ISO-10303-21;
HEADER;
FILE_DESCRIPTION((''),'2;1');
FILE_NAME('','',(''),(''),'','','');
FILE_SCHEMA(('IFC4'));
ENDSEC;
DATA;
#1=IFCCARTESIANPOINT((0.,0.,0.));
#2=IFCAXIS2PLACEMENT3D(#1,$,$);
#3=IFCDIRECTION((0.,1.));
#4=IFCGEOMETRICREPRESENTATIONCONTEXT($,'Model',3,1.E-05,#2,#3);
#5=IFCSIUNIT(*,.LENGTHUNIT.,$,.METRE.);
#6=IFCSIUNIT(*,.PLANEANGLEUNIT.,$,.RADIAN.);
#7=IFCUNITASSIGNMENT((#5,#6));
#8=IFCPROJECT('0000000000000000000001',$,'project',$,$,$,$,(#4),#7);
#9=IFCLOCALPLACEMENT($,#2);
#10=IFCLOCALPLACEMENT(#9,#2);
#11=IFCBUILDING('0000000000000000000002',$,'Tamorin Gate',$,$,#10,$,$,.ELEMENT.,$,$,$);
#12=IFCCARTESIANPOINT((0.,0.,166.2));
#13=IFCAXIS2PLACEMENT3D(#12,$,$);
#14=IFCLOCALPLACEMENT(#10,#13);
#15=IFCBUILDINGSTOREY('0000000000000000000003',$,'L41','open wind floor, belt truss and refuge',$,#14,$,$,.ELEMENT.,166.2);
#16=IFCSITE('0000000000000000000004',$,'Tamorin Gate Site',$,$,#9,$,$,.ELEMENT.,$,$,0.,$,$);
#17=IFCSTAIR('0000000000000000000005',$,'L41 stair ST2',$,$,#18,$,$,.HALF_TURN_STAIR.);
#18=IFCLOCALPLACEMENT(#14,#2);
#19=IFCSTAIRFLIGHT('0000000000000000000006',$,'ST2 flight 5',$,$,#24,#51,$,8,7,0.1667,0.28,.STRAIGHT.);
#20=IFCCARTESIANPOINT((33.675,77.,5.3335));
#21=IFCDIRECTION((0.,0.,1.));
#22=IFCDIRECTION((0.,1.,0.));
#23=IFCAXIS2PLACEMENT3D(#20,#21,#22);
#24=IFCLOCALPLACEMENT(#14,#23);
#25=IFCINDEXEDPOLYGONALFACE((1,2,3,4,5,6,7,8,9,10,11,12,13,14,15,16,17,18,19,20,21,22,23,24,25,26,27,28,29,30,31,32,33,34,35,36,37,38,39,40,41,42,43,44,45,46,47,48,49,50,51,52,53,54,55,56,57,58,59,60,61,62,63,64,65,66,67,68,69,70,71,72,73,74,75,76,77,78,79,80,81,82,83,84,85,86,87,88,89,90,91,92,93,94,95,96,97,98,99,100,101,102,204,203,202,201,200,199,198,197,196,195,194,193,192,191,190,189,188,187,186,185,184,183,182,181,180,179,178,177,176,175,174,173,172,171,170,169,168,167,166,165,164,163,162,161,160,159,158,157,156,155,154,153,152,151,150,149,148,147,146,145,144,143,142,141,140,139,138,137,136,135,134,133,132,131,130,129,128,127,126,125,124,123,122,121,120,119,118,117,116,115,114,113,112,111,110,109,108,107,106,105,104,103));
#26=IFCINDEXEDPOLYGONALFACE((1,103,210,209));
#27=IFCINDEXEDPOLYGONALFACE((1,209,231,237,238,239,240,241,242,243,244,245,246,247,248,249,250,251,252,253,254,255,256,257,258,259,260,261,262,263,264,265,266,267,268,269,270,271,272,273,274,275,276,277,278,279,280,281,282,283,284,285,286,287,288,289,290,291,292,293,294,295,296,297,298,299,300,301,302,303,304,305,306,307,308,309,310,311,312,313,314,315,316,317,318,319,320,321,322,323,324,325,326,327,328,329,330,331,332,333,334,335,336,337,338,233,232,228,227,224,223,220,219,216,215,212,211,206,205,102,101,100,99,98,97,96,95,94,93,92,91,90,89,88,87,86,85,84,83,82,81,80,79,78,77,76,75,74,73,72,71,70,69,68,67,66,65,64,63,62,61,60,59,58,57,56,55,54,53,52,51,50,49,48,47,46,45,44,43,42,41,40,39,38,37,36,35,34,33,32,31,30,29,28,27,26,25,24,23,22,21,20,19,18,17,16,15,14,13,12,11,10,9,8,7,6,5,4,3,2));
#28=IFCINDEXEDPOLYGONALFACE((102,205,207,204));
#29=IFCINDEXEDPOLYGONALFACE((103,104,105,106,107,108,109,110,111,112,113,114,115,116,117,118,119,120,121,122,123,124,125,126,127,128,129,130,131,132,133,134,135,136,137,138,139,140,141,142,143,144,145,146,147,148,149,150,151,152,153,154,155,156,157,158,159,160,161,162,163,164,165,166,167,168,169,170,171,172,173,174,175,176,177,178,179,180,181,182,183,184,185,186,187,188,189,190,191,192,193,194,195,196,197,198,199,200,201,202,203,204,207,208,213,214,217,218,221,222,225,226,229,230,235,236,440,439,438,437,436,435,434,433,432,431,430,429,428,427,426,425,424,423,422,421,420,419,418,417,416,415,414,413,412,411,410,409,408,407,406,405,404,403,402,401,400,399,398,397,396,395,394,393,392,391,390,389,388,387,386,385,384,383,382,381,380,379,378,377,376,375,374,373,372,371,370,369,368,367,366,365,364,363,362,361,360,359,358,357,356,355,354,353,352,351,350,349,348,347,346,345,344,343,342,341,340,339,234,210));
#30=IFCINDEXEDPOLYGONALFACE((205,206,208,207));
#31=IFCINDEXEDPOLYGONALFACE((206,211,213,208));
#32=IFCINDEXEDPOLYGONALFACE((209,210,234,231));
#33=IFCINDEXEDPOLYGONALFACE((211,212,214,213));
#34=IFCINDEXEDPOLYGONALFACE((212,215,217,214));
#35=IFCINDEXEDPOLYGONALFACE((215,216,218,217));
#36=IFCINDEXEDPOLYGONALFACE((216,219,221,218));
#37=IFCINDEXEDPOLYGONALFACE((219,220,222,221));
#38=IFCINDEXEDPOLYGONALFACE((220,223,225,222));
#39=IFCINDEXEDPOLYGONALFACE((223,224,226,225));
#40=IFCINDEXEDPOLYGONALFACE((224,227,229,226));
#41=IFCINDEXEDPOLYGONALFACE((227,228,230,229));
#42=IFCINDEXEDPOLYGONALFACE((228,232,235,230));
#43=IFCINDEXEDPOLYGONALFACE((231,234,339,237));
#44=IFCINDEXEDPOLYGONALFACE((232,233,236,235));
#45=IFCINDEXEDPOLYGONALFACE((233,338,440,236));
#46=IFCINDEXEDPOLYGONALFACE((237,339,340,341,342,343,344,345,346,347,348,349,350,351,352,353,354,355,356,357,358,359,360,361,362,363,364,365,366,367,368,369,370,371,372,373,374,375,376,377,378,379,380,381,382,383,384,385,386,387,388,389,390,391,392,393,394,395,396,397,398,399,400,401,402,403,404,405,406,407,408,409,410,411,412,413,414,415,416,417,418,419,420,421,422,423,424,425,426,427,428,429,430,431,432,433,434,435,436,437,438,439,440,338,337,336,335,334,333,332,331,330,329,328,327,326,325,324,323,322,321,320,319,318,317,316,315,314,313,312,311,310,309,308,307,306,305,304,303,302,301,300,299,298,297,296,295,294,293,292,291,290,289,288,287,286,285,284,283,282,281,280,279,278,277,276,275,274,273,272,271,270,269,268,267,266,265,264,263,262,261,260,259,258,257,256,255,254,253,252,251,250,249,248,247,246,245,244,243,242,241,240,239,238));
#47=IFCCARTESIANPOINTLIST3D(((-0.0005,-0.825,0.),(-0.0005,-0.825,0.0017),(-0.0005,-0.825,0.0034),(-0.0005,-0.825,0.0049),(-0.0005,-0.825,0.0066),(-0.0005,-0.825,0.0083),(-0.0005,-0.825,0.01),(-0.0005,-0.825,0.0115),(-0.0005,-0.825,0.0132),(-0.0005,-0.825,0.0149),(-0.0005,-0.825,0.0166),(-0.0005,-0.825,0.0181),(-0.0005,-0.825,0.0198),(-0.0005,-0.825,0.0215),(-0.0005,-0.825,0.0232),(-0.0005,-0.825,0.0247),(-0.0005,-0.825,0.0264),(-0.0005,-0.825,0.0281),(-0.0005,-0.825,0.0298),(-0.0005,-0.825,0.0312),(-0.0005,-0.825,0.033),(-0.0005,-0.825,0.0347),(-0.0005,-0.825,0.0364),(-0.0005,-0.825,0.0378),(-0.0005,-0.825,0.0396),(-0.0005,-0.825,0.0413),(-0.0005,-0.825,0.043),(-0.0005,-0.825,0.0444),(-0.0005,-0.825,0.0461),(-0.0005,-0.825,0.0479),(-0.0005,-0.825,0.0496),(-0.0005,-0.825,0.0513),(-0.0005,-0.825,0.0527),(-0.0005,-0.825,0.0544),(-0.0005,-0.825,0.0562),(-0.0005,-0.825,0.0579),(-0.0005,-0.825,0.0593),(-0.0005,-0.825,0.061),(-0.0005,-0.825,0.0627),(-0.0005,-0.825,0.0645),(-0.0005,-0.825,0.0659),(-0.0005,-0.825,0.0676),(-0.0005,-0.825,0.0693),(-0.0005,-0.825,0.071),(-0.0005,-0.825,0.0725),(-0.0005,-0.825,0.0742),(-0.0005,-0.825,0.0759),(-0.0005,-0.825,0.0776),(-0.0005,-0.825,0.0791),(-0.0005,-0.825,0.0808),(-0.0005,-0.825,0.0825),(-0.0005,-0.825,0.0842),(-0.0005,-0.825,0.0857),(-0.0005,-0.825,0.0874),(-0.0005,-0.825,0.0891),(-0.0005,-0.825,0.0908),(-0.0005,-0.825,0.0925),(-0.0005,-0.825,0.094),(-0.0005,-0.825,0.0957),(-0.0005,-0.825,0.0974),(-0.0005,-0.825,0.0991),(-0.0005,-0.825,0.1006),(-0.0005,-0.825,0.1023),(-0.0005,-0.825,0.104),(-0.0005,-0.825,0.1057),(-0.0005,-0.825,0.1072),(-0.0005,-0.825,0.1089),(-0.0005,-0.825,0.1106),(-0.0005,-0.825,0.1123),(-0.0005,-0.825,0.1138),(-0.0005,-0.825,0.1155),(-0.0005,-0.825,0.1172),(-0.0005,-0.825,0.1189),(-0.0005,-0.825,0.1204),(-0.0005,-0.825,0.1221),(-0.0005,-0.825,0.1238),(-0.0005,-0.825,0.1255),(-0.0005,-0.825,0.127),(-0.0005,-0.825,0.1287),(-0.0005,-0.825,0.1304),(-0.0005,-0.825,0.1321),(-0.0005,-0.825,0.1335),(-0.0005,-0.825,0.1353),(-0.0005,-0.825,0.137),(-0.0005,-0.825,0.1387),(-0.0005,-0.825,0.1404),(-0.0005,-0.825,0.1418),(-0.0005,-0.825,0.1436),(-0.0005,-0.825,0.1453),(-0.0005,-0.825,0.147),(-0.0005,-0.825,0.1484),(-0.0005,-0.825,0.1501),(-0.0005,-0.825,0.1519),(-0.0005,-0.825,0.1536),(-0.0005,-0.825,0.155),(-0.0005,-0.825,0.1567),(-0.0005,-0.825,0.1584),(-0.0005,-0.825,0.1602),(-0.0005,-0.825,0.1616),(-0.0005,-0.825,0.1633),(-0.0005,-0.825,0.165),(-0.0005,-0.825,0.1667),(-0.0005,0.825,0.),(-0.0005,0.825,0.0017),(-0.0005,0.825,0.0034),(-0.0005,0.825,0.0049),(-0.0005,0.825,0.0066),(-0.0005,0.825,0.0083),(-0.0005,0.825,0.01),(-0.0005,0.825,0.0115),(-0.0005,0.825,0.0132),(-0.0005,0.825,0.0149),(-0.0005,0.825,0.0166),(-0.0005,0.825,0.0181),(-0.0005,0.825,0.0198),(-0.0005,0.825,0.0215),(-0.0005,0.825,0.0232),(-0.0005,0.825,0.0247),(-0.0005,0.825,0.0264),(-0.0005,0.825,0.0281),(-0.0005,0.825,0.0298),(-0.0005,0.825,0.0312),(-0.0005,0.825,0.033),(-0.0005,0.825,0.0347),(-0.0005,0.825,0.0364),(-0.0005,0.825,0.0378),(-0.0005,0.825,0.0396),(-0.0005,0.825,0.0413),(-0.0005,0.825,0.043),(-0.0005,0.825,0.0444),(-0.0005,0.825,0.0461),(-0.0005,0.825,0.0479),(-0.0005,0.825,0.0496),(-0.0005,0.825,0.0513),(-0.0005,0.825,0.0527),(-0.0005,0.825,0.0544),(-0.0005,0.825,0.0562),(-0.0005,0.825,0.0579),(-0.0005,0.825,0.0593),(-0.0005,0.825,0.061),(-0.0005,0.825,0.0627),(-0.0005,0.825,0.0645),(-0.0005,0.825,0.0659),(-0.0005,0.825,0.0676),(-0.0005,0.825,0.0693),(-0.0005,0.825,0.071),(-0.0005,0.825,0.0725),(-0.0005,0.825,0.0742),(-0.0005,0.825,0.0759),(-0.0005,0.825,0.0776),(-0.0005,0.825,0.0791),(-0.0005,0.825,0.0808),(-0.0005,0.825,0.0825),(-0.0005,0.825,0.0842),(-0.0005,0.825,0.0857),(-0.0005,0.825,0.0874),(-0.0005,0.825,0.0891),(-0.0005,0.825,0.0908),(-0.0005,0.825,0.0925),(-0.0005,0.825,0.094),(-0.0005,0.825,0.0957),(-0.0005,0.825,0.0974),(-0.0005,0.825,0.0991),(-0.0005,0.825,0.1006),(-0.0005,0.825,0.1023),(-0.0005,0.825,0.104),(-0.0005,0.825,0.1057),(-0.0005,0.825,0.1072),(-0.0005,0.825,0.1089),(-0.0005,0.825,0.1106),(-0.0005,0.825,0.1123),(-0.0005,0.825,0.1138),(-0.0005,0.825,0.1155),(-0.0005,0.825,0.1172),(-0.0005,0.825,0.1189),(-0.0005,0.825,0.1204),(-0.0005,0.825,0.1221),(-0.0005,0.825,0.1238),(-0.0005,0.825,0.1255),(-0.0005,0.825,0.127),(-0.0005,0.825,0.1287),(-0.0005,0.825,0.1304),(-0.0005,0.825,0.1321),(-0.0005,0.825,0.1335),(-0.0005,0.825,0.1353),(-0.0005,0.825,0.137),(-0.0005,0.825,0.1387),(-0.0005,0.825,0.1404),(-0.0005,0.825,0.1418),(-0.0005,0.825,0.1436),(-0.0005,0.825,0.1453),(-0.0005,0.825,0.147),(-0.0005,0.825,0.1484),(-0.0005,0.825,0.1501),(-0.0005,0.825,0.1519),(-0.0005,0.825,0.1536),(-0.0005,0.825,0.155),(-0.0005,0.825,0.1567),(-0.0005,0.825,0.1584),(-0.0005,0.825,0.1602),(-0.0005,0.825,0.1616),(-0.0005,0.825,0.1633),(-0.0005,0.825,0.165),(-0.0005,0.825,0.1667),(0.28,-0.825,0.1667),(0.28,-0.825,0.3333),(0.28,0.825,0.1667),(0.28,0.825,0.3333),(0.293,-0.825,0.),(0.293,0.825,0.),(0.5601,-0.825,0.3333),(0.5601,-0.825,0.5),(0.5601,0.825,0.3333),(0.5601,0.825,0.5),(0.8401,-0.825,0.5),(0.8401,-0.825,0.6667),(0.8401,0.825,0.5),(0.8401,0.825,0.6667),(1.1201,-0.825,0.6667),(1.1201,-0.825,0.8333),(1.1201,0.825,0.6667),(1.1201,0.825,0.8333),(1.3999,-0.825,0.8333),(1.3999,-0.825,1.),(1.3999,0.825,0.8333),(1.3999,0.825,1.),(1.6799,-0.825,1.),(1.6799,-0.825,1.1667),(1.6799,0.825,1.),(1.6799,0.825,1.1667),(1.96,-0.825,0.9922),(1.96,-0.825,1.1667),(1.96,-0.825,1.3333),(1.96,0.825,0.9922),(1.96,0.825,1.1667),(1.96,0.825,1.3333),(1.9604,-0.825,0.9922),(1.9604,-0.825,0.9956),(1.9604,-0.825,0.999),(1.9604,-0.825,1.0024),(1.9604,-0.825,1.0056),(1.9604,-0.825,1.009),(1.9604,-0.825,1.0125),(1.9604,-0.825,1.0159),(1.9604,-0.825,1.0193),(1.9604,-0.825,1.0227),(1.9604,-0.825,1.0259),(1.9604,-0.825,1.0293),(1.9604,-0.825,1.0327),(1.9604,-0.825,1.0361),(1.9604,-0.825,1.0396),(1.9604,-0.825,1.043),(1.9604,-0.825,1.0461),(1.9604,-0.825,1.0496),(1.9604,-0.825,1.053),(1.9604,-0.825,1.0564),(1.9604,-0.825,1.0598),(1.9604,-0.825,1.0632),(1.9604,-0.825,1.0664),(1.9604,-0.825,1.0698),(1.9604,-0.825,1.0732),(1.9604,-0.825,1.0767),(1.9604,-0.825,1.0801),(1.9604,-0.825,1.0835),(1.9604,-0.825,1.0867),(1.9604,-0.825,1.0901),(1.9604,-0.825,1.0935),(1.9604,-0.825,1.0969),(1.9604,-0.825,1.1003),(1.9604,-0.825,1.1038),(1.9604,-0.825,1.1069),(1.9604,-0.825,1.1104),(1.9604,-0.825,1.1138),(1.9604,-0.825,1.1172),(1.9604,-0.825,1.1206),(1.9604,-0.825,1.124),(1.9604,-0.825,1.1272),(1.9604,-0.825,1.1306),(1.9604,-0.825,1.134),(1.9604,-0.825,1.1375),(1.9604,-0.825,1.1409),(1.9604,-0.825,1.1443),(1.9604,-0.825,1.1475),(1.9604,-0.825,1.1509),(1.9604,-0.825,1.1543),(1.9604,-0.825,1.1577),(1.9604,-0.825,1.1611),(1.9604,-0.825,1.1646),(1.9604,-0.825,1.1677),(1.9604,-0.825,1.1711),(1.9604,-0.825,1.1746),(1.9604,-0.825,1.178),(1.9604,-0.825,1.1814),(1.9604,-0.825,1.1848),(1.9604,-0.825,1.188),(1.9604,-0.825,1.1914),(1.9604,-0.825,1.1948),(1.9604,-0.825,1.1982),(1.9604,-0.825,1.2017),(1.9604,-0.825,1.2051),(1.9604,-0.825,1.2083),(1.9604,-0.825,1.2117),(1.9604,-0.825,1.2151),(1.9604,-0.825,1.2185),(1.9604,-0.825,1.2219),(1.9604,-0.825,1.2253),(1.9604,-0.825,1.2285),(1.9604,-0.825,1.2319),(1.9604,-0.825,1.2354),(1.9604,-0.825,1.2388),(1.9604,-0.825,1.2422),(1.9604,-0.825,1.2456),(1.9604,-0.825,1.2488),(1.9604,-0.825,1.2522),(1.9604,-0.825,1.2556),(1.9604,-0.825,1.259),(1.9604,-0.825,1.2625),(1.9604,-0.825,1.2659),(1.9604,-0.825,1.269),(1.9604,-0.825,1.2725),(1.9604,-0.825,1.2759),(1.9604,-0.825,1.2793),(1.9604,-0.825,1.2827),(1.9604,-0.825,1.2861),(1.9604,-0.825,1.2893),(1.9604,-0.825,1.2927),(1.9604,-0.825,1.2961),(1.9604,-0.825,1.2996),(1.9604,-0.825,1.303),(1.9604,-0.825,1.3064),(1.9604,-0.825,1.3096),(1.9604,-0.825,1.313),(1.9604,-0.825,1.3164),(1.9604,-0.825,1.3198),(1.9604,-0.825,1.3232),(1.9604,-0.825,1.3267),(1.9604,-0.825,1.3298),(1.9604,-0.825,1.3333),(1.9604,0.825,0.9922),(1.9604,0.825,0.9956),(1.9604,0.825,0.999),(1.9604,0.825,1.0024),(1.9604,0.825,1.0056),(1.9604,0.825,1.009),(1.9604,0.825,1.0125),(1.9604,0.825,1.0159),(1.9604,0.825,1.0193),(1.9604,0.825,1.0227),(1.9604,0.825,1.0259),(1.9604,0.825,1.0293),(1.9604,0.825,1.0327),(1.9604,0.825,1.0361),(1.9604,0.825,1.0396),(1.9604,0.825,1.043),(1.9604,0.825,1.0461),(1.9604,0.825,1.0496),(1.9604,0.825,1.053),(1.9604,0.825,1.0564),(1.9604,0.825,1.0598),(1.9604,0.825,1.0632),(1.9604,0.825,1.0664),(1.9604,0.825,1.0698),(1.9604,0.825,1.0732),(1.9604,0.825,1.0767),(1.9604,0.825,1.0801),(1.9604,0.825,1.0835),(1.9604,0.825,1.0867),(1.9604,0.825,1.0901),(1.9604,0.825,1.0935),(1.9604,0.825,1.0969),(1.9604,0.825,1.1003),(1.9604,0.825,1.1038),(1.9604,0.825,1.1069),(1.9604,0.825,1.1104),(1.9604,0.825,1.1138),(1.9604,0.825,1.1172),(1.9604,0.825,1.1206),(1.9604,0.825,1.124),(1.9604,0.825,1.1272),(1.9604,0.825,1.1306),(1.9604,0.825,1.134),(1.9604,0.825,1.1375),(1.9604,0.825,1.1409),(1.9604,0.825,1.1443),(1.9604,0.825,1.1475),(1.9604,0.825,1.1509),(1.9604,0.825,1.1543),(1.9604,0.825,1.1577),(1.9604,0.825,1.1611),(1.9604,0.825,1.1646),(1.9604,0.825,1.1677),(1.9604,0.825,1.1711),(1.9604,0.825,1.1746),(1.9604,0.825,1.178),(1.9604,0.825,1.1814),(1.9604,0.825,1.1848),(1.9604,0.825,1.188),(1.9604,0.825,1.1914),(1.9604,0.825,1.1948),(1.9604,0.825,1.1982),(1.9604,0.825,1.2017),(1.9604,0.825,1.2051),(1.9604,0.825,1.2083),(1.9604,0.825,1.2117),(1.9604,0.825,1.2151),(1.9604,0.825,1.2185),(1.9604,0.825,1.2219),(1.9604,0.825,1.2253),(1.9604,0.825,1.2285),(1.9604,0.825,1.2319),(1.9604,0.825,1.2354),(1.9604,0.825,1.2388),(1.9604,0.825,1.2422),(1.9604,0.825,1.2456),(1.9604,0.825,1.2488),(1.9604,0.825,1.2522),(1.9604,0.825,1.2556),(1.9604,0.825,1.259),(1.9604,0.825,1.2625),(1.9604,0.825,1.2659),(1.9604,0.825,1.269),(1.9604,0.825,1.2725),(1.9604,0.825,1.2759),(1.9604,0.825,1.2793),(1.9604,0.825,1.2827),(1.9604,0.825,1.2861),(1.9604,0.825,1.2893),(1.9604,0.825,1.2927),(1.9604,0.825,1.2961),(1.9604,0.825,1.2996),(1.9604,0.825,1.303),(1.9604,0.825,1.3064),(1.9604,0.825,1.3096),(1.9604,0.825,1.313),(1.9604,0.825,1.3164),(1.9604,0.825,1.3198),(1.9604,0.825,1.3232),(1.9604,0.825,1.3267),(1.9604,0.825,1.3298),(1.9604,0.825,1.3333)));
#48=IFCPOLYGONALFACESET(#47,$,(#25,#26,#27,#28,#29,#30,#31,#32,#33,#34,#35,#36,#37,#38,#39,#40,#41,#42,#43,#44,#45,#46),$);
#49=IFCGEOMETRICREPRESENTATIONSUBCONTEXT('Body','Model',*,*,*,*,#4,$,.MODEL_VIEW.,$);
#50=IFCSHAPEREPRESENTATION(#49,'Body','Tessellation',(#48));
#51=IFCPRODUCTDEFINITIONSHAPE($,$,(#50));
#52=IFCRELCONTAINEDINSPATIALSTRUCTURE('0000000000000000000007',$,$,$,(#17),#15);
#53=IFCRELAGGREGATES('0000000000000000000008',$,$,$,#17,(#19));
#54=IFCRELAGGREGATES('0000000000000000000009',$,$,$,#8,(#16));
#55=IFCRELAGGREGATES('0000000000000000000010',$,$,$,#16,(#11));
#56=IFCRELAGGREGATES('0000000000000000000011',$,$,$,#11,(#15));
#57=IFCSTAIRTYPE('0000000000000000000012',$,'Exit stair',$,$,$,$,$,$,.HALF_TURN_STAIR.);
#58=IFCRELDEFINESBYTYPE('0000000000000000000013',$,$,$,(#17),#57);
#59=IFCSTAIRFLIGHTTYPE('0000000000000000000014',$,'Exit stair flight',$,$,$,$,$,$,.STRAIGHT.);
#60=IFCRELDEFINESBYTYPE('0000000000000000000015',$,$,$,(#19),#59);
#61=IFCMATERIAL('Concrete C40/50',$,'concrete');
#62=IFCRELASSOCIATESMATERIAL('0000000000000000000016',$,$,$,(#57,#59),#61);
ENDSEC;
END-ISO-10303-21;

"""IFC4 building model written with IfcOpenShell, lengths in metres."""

from ifc_helpers import new_model, si_unit, direction, frame, origin, place, context, subcontext, project, spatial, polyline, outline, extrude, material, type_object, element, aggregate, save


model = new_model("IFC4")

# Units and contexts
model_context = context("Model", 3, precision=1e-05, world=origin(), true_north=direction((0.0, 1.0)))
body_context = subcontext(model_context, "Body", "Model", "MODEL_VIEW")
ifc_project = project(units=[si_unit("LENGTHUNIT", "METRE"), si_unit("PLANEANGLEUNIT", "RADIAN")], contexts=[model_context])

# Site, building, storey
site_placement = place(None, origin())
site = spatial("IfcSite", under=ifc_project, at=site_placement, Name="Tamorin Gate Site", CompositionType="ELEMENT", RefElevation=0.0)
building_placement = place(site_placement, origin())
building = spatial("IfcBuilding", under=site, at=building_placement, Name="Tamorin Gate", CompositionType="ELEMENT")
storey_placement = place(building_placement, frame((0.0, 0.0, 166.2)))
storey = spatial("IfcBuildingStorey", under=building, at=storey_placement, Name="L41", Description="open wind floor, belt truss and refuge", CompositionType="ELEMENT", Elevation=166.2)

# Shared definitions
ifc_material_1 = material(Name="Concrete C40/50", Category="concrete")

# Stair, stair flight
stair_type = type_object("IfcStairType", Name="Exit stair", PredefinedType="HALF_TURN_STAIR", material=ifc_material_1)
stair_flight_type = type_object("IfcStairFlightType", Name="Exit stair flight", PredefinedType="STRAIGHT", material=ifc_material_1)
stair_1_placement = place(storey_placement, origin())
stair_1 = element("IfcStair", 1, at=stair_1_placement, inside=storey, type_object=stair_type, Name="L41 stair ST2", PredefinedType="HALF_TURN_STAIR")
stair_flight_1_placement = place(storey_placement, frame((33.675, 77.0, 5.3335), z_axis=(0.0, 0.0, 1.0), x_axis=(0.0, 1.0, 0.0)))
stair_flight_1 = element("IfcStairFlight", 2, at=stair_flight_1_placement, type_object=stair_flight_type, Name="ST2 flight 5", NumberOfRisers=8, NumberOfTreads=7, PredefinedType="STRAIGHT", RiserHeight=0.1667, TreadLength=0.28, context=body_context, shape_type="SweptSolid", body=[
    extrude(outline(polyline([(-0.0005, 0.0), (-0.0005, 0.0017), (-0.0005, 0.0034), (-0.0005, 0.0049), (-0.0005, 0.0066), (-0.0005, 0.0083), (-0.0005, 0.01), (-0.0005, 0.0115), (-0.0005, 0.0132), (-0.0005, 0.0149), (-0.0005, 0.0166), (-0.0005, 0.0181), (-0.0005, 0.0198), (-0.0005, 0.0215), (-0.0005, 0.0232), (-0.0005, 0.0247), (-0.0005, 0.0264), (-0.0005, 0.0281), (-0.0005, 0.0298), (-0.0005, 0.0312), (-0.0005, 0.033), (-0.0005, 0.0347), (-0.0005, 0.0364), (-0.0005, 0.0378), (-0.0005, 0.0396), (-0.0005, 0.0413), (-0.0005, 0.043), (-0.0005, 0.0444), (-0.0005, 0.0461), (-0.0005, 0.0479), (-0.0005, 0.0496), (-0.0005, 0.0513), (-0.0005, 0.0527), (-0.0005, 0.0544), (-0.0005, 0.0562), (-0.0005, 0.0579), (-0.0005, 0.0593), (-0.0005, 0.061), (-0.0005, 0.0627), (-0.0005, 0.0645), (-0.0005, 0.0659), (-0.0005, 0.0676), (-0.0005, 0.0693), (-0.0005, 0.071), (-0.0005, 0.0725), (-0.0005, 0.0742), (-0.0005, 0.0759), (-0.0005, 0.0776), (-0.0005, 0.0791), (-0.0005, 0.0808), (-0.0005, 0.0825), (-0.0005, 0.0842), (-0.0005, 0.0857), (-0.0005, 0.0874), (-0.0005, 0.0891), (-0.0005, 0.0908), (-0.0005, 0.0925), (-0.0005, 0.094), (-0.0005, 0.0957), (-0.0005, 0.0974), (-0.0005, 0.0991), (-0.0005, 0.1006), (-0.0005, 0.1023), (-0.0005, 0.104), (-0.0005, 0.1057), (-0.0005, 0.1072), (-0.0005, 0.1089), (-0.0005, 0.1106), (-0.0005, 0.1123), (-0.0005, 0.1138), (-0.0005, 0.1155), (-0.0005, 0.1172), (-0.0005, 0.1189), (-0.0005, 0.1204), (-0.0005, 0.1221), (-0.0005, 0.1238), (-0.0005, 0.1255), (-0.0005, 0.127), (-0.0005, 0.1287), (-0.0005, 0.1304), (-0.0005, 0.1321), (-0.0005, 0.1335), (-0.0005, 0.1353), (-0.0005, 0.137), (-0.0005, 0.1387), (-0.0005, 0.1404), (-0.0005, 0.1418), (-0.0005, 0.1436), (-0.0005, 0.1453), (-0.0005, 0.147), (-0.0005, 0.1484), (-0.0005, 0.1501), (-0.0005, 0.1519), (-0.0005, 0.1536), (-0.0005, 0.155), (-0.0005, 0.1567), (-0.0005, 0.1584), (-0.0005, 0.1602), (-0.0005, 0.1616), (-0.0005, 0.1633), (-0.0005, 0.165), (-0.0005, 0.1667), (0.28, 0.1667), (0.28, 0.3333), (0.5601, 0.3333), (0.5601, 0.5), (0.8401, 0.5), (0.8401, 0.6667), (1.1201, 0.6667), (1.1201, 0.8333), (1.3999, 0.8333), (1.3999, 1.0), (1.6799, 1.0), (1.6799, 1.1667), (1.96, 1.1667), (1.96, 1.3333), (1.9604, 1.3333), (1.9604, 1.3298), (1.9604, 1.3267), (1.9604, 1.3232), (1.9604, 1.3198), (1.9604, 1.3164), (1.9604, 1.313), (1.9604, 1.3096), (1.9604, 1.3064), (1.9604, 1.303), (1.9604, 1.2996), (1.9604, 1.2961), (1.9604, 1.2927), (1.9604, 1.2893), (1.9604, 1.2861), (1.9604, 1.2827), (1.9604, 1.2793), (1.9604, 1.2759), (1.9604, 1.2725), (1.9604, 1.269), (1.9604, 1.2659), (1.9604, 1.2625), (1.9604, 1.259), (1.9604, 1.2556), (1.9604, 1.2522), (1.9604, 1.2488), (1.9604, 1.2456), (1.9604, 1.2422), (1.9604, 1.2388), (1.9604, 1.2354), (1.9604, 1.2319), (1.9604, 1.2285), (1.9604, 1.2253), (1.9604, 1.2219), (1.9604, 1.2185), (1.9604, 1.2151), (1.9604, 1.2117), (1.9604, 1.2083), (1.9604, 1.2051), (1.9604, 1.2017), (1.9604, 1.1982), (1.9604, 1.1948), (1.9604, 1.1914), (1.9604, 1.188), (1.9604, 1.1848), (1.9604, 1.1814), (1.9604, 1.178), (1.9604, 1.1746), (1.9604, 1.1711), (1.9604, 1.1677), (1.9604, 1.1646), (1.9604, 1.1611), (1.9604, 1.1577), (1.9604, 1.1543), (1.9604, 1.1509), (1.9604, 1.1475), (1.9604, 1.1443), (1.9604, 1.1409), (1.9604, 1.1375), (1.9604, 1.134), (1.9604, 1.1306), (1.9604, 1.1272), (1.9604, 1.124), (1.9604, 1.1206), (1.9604, 1.1172), (1.9604, 1.1138), (1.9604, 1.1104), (1.9604, 1.1069), (1.9604, 1.1038), (1.9604, 1.1003), (1.9604, 1.0969), (1.9604, 1.0935), (1.9604, 1.0901), (1.9604, 1.0867), (1.9604, 1.0835), (1.9604, 1.0801), (1.9604, 1.0767), (1.9604, 1.0732), (1.9604, 1.0698), (1.9604, 1.0664), (1.9604, 1.0632), (1.9604, 1.0598), (1.9604, 1.0564), (1.9604, 1.053), (1.9604, 1.0496), (1.9604, 1.0461), (1.9604, 1.043), (1.9604, 1.0396), (1.9604, 1.0361), (1.9604, 1.0327), (1.9604, 1.0293), (1.9604, 1.0259), (1.9604, 1.0227), (1.9604, 1.0193), (1.9604, 1.0159), (1.9604, 1.0125), (1.9604, 1.009), (1.9604, 1.0056), (1.9604, 1.0024), (1.9604, 0.999), (1.9604, 0.9956), (1.9604, 0.9922), (1.96, 0.9922), (0.293, 0.0), (-0.0005, 0.0)])), frame((0.0, 0.825, 0.0), z_axis=(0.0, -1.0, 0.0), x_axis=(1.0, 0.0, 0.0)), (0.0, 0.0, 1.0), 1.6499),
])
aggregate(stair_1, [stair_flight_1])

save(model, "model.ifc")
